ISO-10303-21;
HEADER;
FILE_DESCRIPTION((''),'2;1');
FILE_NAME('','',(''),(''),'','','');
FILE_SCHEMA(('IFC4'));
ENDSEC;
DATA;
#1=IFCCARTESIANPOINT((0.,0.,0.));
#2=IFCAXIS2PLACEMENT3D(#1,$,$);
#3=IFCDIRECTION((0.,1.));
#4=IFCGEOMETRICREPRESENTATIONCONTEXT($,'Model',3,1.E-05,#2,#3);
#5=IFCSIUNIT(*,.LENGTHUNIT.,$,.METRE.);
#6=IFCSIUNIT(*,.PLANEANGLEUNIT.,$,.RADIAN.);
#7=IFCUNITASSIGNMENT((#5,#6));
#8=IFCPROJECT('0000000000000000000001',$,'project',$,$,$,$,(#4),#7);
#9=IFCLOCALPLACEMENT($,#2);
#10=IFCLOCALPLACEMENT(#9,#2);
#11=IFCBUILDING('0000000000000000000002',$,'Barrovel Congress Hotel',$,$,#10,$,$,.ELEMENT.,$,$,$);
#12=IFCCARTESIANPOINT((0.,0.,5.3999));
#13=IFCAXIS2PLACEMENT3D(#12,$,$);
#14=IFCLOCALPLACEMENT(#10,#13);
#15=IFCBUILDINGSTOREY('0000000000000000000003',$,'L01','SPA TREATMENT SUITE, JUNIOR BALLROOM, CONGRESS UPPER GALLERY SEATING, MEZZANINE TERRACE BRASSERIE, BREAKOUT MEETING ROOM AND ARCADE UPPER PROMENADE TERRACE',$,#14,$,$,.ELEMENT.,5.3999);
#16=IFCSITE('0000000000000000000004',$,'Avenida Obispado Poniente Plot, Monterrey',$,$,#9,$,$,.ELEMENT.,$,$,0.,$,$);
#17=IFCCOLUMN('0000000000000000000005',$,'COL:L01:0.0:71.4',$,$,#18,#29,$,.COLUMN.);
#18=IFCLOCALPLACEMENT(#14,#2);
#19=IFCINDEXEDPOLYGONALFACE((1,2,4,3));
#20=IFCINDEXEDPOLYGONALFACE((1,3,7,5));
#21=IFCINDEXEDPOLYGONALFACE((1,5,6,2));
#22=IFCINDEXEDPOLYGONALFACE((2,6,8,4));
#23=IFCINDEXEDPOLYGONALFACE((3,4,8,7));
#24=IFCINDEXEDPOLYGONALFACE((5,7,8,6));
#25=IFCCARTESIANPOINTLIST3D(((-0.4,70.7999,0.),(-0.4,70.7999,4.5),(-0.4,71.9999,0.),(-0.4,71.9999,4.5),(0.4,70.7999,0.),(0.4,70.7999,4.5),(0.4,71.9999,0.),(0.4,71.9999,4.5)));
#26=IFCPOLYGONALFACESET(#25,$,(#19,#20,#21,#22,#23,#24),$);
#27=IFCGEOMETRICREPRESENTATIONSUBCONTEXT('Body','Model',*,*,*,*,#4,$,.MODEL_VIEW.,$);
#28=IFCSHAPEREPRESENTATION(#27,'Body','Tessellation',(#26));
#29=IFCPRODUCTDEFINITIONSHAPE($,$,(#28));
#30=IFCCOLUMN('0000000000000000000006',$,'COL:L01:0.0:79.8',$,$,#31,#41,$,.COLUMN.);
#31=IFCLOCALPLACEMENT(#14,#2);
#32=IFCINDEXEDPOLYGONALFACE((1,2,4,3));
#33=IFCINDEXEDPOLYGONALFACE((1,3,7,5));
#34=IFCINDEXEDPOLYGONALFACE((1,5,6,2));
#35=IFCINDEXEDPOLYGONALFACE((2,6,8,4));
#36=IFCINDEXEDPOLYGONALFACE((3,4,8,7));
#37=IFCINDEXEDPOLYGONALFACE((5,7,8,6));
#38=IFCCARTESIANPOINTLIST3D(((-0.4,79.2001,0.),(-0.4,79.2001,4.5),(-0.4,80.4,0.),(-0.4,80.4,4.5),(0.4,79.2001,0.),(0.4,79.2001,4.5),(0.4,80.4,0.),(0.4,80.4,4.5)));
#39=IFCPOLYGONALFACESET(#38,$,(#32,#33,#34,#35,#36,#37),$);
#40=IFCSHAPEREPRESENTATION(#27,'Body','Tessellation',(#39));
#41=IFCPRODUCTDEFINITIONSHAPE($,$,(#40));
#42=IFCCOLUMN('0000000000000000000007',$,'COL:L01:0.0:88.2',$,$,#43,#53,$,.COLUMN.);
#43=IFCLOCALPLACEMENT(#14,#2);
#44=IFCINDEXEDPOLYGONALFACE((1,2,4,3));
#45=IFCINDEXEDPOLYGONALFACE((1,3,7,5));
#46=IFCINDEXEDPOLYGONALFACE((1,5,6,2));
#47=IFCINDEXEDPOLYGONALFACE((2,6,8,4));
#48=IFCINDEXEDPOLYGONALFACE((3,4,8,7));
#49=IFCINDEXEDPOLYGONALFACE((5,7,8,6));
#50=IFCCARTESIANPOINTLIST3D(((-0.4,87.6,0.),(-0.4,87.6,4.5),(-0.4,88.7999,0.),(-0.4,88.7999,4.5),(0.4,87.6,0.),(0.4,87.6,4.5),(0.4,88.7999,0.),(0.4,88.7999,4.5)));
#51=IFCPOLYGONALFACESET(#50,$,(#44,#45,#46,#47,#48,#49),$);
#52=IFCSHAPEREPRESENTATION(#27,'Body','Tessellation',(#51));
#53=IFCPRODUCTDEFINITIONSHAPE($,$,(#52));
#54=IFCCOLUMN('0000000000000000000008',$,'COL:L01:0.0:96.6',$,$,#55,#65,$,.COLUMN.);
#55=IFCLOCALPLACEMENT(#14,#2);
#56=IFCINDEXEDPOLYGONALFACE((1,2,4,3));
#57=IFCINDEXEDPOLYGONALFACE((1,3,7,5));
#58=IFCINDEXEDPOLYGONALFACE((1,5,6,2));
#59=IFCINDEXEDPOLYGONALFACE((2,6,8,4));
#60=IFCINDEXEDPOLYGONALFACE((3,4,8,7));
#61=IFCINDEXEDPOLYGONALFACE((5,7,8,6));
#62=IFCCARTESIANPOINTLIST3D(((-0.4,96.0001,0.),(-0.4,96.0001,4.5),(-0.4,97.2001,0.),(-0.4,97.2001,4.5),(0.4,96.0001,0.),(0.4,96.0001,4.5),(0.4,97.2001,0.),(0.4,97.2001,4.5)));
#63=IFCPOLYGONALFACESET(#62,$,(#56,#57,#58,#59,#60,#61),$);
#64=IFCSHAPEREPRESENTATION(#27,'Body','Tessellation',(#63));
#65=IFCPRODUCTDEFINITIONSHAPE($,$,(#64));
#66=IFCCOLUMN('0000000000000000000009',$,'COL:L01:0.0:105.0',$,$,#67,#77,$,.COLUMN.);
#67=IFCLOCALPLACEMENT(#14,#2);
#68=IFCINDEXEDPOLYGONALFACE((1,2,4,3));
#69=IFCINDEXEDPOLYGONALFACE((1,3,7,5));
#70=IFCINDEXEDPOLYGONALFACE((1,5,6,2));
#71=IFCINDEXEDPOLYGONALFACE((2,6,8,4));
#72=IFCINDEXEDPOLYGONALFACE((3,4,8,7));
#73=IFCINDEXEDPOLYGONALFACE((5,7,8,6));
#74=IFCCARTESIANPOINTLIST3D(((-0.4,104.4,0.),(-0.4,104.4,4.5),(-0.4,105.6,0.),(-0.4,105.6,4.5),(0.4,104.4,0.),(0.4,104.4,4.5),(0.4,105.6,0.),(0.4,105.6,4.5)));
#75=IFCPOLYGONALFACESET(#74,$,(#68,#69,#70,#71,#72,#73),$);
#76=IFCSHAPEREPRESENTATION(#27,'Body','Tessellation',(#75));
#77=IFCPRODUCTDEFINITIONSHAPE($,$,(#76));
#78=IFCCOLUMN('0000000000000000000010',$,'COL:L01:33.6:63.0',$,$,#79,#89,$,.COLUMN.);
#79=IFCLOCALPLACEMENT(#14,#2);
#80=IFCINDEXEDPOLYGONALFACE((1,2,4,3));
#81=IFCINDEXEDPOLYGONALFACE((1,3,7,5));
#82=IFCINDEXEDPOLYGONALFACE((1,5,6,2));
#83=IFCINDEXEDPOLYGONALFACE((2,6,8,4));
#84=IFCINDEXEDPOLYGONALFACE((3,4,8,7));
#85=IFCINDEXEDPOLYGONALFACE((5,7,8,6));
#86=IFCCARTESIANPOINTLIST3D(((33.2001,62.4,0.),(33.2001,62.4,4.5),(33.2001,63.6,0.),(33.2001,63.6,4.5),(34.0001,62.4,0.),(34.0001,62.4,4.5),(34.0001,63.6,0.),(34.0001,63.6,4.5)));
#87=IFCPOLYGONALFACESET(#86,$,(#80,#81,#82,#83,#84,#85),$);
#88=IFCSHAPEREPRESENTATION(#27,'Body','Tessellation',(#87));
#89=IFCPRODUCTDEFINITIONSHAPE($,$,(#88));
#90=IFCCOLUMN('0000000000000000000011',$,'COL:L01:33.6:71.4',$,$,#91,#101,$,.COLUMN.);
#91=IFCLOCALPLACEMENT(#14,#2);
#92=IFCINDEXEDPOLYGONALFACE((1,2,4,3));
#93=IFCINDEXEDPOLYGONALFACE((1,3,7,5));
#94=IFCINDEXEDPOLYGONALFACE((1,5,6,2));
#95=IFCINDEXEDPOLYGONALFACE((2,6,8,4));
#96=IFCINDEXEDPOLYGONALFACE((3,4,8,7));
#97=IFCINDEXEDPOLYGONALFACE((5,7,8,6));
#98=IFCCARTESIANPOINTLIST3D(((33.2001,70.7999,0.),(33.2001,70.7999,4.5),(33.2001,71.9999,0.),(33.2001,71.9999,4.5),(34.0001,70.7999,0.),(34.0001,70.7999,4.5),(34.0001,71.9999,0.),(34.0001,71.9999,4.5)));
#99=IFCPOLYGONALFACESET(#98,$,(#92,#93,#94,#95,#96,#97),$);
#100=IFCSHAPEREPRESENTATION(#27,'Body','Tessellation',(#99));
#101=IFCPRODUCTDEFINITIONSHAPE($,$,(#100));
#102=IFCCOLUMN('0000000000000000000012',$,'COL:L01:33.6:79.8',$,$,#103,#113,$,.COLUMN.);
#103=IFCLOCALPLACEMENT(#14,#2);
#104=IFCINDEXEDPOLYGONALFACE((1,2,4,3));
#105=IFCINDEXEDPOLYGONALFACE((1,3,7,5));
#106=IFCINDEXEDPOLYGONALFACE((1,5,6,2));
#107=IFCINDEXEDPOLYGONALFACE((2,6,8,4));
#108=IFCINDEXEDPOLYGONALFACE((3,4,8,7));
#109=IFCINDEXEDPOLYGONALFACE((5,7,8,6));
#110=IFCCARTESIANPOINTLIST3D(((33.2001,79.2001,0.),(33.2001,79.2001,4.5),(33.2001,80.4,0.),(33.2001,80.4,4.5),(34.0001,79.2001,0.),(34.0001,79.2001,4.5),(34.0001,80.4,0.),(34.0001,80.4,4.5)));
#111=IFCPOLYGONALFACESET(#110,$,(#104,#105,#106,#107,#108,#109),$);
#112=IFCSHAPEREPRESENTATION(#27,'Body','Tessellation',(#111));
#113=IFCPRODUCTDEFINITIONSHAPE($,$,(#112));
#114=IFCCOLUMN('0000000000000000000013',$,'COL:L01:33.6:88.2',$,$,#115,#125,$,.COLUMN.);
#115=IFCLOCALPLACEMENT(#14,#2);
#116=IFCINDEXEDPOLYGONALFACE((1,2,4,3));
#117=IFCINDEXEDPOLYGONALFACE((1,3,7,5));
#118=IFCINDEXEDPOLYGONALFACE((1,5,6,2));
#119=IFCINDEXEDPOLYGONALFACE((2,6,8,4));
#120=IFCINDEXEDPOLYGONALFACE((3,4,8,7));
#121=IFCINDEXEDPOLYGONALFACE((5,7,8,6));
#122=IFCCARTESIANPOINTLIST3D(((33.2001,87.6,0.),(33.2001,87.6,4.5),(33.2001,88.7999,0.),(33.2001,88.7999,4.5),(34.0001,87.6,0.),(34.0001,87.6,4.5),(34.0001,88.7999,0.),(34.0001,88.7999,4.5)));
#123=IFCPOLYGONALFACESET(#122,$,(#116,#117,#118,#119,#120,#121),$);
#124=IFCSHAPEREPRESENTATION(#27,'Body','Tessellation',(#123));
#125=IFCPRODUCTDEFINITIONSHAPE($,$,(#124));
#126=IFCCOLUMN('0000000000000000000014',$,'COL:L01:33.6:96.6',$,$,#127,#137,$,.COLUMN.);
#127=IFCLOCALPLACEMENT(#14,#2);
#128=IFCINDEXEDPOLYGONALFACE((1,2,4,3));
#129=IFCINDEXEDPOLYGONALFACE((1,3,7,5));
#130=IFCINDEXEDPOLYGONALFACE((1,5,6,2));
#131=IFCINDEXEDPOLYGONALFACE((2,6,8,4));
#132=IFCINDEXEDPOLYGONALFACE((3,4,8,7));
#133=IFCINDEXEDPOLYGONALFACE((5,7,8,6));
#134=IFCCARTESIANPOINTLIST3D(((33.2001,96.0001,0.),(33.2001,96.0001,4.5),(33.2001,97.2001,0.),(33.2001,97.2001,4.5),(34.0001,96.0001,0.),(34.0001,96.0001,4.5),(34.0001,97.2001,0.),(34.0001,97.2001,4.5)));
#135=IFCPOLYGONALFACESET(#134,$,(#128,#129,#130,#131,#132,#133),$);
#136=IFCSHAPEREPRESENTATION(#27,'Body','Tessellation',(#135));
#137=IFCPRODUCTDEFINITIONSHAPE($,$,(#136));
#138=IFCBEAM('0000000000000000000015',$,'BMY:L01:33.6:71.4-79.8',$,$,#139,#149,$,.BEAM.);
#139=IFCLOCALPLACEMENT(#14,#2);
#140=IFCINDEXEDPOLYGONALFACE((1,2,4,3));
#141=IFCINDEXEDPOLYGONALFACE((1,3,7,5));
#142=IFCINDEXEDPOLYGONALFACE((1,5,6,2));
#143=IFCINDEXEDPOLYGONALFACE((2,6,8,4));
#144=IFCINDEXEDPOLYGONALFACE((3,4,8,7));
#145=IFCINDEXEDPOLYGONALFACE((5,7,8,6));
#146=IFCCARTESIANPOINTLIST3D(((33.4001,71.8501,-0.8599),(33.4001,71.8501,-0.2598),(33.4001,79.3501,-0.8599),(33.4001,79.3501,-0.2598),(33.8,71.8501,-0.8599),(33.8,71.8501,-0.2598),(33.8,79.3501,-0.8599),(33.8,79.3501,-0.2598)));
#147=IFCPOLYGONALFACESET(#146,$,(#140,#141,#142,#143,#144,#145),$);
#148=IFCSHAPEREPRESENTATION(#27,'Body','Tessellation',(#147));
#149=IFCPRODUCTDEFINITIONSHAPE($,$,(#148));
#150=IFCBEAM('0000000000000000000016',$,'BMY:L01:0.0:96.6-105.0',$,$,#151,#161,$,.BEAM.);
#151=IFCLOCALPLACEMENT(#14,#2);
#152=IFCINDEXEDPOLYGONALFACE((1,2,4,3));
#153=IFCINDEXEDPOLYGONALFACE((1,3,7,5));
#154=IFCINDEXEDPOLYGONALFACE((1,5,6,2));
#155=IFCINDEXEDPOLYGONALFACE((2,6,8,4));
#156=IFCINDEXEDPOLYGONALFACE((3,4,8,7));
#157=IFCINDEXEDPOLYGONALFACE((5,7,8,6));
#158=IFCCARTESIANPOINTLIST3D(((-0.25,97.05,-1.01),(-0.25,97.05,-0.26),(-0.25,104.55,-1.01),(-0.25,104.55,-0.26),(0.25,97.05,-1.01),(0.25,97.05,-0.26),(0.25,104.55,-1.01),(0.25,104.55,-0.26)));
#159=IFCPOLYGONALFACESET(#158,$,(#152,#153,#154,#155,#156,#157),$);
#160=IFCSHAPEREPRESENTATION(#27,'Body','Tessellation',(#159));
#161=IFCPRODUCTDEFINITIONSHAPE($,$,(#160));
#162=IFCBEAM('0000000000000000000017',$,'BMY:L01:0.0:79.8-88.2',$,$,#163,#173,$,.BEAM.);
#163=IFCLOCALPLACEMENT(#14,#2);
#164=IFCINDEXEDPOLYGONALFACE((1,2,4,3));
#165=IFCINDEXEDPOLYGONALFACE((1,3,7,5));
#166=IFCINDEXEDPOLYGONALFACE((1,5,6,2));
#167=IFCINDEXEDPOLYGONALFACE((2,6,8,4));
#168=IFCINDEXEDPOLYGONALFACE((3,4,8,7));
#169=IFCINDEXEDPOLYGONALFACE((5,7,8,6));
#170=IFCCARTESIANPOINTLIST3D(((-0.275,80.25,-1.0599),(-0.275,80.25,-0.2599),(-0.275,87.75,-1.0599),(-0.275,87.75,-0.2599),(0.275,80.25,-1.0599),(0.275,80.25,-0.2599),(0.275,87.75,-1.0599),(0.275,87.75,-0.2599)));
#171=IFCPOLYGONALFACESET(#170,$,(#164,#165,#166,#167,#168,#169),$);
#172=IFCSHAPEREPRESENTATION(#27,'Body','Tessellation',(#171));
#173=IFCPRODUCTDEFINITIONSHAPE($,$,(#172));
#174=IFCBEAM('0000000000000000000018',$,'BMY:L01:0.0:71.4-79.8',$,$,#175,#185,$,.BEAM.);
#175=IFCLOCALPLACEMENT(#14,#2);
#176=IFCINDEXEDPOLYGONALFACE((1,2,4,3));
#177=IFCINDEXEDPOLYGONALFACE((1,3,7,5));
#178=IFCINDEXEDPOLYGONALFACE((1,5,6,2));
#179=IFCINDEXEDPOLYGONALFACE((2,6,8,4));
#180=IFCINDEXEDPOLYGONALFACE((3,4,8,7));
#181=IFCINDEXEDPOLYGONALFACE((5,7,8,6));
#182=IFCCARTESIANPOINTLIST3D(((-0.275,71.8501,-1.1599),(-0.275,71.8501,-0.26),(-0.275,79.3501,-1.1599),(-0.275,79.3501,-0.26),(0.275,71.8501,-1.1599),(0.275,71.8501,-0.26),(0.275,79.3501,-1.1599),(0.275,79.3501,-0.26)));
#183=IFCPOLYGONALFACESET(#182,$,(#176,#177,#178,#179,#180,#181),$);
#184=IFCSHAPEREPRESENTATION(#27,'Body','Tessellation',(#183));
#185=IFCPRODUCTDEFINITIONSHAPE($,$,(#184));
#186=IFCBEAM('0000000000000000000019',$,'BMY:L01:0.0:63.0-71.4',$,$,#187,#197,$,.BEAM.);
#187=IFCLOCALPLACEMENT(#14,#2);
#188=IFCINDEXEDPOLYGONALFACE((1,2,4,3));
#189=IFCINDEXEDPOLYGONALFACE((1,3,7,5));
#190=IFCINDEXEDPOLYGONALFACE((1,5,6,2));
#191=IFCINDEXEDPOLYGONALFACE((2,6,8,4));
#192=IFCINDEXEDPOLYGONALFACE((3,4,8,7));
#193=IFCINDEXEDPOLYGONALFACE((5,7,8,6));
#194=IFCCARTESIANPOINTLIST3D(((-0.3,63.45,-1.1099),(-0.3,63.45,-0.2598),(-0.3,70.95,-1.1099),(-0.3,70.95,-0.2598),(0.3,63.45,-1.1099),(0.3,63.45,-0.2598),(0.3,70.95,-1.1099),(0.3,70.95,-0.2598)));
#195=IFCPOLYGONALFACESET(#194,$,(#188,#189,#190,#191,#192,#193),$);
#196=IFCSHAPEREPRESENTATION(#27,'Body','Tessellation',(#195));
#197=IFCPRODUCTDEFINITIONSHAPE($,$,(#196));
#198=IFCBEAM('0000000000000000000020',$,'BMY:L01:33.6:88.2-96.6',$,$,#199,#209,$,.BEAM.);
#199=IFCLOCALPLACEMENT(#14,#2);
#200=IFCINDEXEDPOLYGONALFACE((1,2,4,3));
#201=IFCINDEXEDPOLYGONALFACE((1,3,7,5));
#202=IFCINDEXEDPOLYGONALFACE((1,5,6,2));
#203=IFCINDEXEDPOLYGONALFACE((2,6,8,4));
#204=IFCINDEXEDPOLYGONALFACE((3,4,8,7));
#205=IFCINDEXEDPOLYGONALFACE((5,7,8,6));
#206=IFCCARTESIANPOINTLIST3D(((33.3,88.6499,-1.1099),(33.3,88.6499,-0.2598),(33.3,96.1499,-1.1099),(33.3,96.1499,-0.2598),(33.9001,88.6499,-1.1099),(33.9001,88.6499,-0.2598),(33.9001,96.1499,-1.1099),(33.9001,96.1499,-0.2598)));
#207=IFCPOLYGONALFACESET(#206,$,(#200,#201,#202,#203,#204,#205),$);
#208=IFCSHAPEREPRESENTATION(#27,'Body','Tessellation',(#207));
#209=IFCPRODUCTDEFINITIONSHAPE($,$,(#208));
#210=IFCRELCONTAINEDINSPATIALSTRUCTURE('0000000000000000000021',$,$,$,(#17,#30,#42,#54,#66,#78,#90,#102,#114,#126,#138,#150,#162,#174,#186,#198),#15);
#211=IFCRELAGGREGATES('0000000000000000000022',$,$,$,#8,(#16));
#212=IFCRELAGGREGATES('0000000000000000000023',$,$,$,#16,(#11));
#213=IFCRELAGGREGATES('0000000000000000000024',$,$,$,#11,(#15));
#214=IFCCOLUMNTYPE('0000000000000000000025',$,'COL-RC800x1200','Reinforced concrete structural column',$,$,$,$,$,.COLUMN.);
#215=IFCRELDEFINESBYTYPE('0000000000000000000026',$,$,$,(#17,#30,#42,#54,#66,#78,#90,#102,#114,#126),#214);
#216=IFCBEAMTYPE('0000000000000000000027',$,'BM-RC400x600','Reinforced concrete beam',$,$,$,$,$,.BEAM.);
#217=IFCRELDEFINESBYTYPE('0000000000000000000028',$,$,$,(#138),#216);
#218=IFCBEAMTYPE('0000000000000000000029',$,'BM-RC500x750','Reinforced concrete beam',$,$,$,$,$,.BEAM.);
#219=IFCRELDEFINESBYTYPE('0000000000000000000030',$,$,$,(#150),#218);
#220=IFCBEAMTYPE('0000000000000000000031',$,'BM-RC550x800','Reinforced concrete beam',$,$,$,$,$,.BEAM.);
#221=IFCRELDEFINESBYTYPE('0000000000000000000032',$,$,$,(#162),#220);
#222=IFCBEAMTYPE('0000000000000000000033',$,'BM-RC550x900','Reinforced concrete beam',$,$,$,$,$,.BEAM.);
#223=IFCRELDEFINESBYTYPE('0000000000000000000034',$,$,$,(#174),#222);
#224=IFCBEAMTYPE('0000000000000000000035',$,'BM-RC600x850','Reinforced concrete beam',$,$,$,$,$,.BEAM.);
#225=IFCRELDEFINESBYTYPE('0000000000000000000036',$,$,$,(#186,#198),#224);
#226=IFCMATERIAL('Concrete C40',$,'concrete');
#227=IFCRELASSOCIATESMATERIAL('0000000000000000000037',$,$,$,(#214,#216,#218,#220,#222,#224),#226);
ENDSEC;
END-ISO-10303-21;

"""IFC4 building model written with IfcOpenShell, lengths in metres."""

from ifc_helpers import new_model, si_unit, direction, frame, origin, origin_2d, place, context, subcontext, project, spatial, rectangle, extrude, material, material_profile, profile_set, type_object, element, save


model = new_model("IFC4")

# Units and contexts
model_context = context("Model", 3, precision=1e-05, world=origin(), true_north=direction((0.0, 1.0)))
body_context = subcontext(model_context, "Body", "Model", "MODEL_VIEW")
ifc_project = project(units=[si_unit("LENGTHUNIT", "METRE"), si_unit("PLANEANGLEUNIT", "RADIAN")], contexts=[model_context])

# Site, building, storey
site_placement = place(None, origin())
site = spatial("IfcSite", under=ifc_project, at=site_placement, Name="Avenida Obispado Poniente Plot, Monterrey", CompositionType="ELEMENT", RefElevation=0.0)
building_placement = place(site_placement, origin())
building = spatial("IfcBuilding", under=site, at=building_placement, Name="Barrovel Congress Hotel", CompositionType="ELEMENT")
storey_placement = place(building_placement, frame((0.0, 0.0, 5.3999)))
storey = spatial("IfcBuildingStorey", under=building, at=storey_placement, Name="L01", Description="SPA TREATMENT SUITE, JUNIOR BALLROOM, CONGRESS UPPER GALLERY SEATING, MEZZANINE TERRACE BRASSERIE, BREAKOUT MEETING ROOM AND ARCADE UPPER PROMENADE TERRACE", CompositionType="ELEMENT", Elevation=5.3999)

# Columns
ifc_material_1 = material(Name="Concrete C40", Category="concrete")
ifc_material_profile_1 = material_profile(ifc_material_1, rectangle(XDim=0.8, YDim=1.2, at=origin_2d()), Name="RC800x1200")
ifc_profile_set_1 = profile_set([ifc_material_profile_1], Name="Concrete C40")
column_type = type_object("IfcColumnType", Name="COL-RC800x1200", Description="Reinforced concrete structural column", PredefinedType="COLUMN", material=ifc_profile_set_1)
for number, where, z_axis, x_axis, name in (
    (1, (0.0, 71.3999, 0.0), (0.0, 0.0, 1.0), (1.0, 0.0, 0.0), "COL:L01:0.0:71.4"),
    (2, (0.0, 79.8, 0.0), (0.0, 0.0, 1.0), (1.0, 0.0, 0.0), "COL:L01:0.0:79.8"),
    (3, (0.0, 88.2, 0.0), (0.0, 0.0, 1.0), (1.0, 0.0, 0.0), "COL:L01:0.0:88.2"),
    (4, (0.0, 96.6001, 0.0), (0.0, 0.0, 1.0), (1.0, 0.0, 0.0), "COL:L01:0.0:96.6"),
    (5, (0.0, 105.0, 0.0), (0.0, 0.0, 1.0), (1.0, 0.0, 0.0), "COL:L01:0.0:105.0"),
    (6, (33.6001, 63.0, 0.0), (0.0, 0.0, 1.0), (1.0, 0.0, 0.0), "COL:L01:33.6:63.0"),
    (7, (33.6001, 71.3999, 0.0), (0.0, 0.0, 1.0), (1.0, 0.0, 0.0), "COL:L01:33.6:71.4"),
    (8, (33.6001, 79.8, 0.0), (0.0, 0.0, 1.0), (1.0, 0.0, 0.0), "COL:L01:33.6:79.8"),
    (9, (33.6001, 88.2, 0.0), (0.0, 0.0, 1.0), (1.0, 0.0, 0.0), "COL:L01:33.6:88.2"),
    (10, (33.6001, 96.6001, 0.0), (0.0, 0.0, 1.0), (1.0, 0.0, 0.0), "COL:L01:33.6:96.6"),
):
    element("IfcColumn", number, at=place(storey_placement, frame(where, z_axis=z_axis, x_axis=x_axis)), inside=storey, type_object=column_type, Name=name, PredefinedType="COLUMN", context=body_context, shape_type="SweptSolid", body=[
        extrude(rectangle(XDim=0.8, YDim=1.2, at=origin_2d()), origin(), (0.0, 0.0, 1.0), 4.5),
    ])

# Beams
ifc_material_profile_2 = material_profile(ifc_material_1, rectangle(XDim=0.3999, YDim=0.6001, at=origin_2d()), Name="RC400x600")
ifc_profile_set_2 = profile_set([ifc_material_profile_2], Name="Concrete C40")
beam_type_1 = type_object("IfcBeamType", Name="BM-RC400x600", Description="Reinforced concrete beam", PredefinedType="BEAM", material=ifc_profile_set_2)
beam_1_placement = place(storey_placement, frame((33.6001, 71.8501, -0.5598), z_axis=(0.0, 1.0, 0.0), x_axis=(-1.0, 0.0, 0.0)))
element("IfcBeam", 11, at=beam_1_placement, inside=storey, type_object=beam_type_1, Name="BMY:L01:33.6:71.4-79.8", PredefinedType="BEAM", context=body_context, shape_type="SweptSolid", body=[
    extrude(rectangle(XDim=0.3999, YDim=0.6001, at=origin_2d()), origin(), (0.0, 0.0, 1.0), 7.5),
])
ifc_material_profile_3 = material_profile(ifc_material_1, rectangle(XDim=0.5, YDim=0.75, at=origin_2d()), Name="RC500x750")
ifc_profile_set_3 = profile_set([ifc_material_profile_3], Name="Concrete C40")
beam_type_2 = type_object("IfcBeamType", Name="BM-RC500x750", Description="Reinforced concrete beam", PredefinedType="BEAM", material=ifc_profile_set_3)
beam_2_placement = place(storey_placement, frame((0.0, 97.05, -0.635), z_axis=(0.0, 1.0, 0.0), x_axis=(-1.0, 0.0, 0.0)))
element("IfcBeam", 12, at=beam_2_placement, inside=storey, type_object=beam_type_2, Name="BMY:L01:0.0:96.6-105.0", PredefinedType="BEAM", context=body_context, shape_type="SweptSolid", body=[
    extrude(rectangle(XDim=0.5, YDim=0.75, at=origin_2d()), origin(), (0.0, 0.0, 1.0), 7.5),
])
ifc_material_profile_4 = material_profile(ifc_material_1, rectangle(XDim=0.55, YDim=0.8, at=origin_2d()), Name="RC550x800")
ifc_profile_set_4 = profile_set([ifc_material_profile_4], Name="Concrete C40")
beam_type_3 = type_object("IfcBeamType", Name="BM-RC550x800", Description="Reinforced concrete beam", PredefinedType="BEAM", material=ifc_profile_set_4)
beam_3_placement = place(storey_placement, frame((0.0, 80.25, -0.6599), z_axis=(0.0, 1.0, 0.0), x_axis=(-1.0, 0.0, 0.0)))
element("IfcBeam", 13, at=beam_3_placement, inside=storey, type_object=beam_type_3, Name="BMY:L01:0.0:79.8-88.2", PredefinedType="BEAM", context=body_context, shape_type="SweptSolid", body=[
    extrude(rectangle(XDim=0.55, YDim=0.8, at=origin_2d()), origin(), (0.0, 0.0, 1.0), 7.5),
])
ifc_material_profile_5 = material_profile(ifc_material_1, rectangle(XDim=0.55, YDim=0.8999, at=origin_2d()), Name="RC550x900")
ifc_profile_set_5 = profile_set([ifc_material_profile_5], Name="Concrete C40")
beam_type_4 = type_object("IfcBeamType", Name="BM-RC550x900", Description="Reinforced concrete beam", PredefinedType="BEAM", material=ifc_profile_set_5)
beam_4_placement = place(storey_placement, frame((0.0, 71.8501, -0.71), z_axis=(0.0, 1.0, 0.0), x_axis=(-1.0, 0.0, 0.0)))
element("IfcBeam", 14, at=beam_4_placement, inside=storey, type_object=beam_type_4, Name="BMY:L01:0.0:71.4-79.8", PredefinedType="BEAM", context=body_context, shape_type="SweptSolid", body=[
    extrude(rectangle(XDim=0.55, YDim=0.8999, at=origin_2d()), origin(), (0.0, 0.0, 1.0), 7.5),
])
ifc_material_profile_6 = material_profile(ifc_material_1, rectangle(XDim=0.6001, YDim=0.8501, at=origin_2d()), Name="RC600x850")
ifc_profile_set_6 = profile_set([ifc_material_profile_6], Name="Concrete C40")
beam_type_5 = type_object("IfcBeamType", Name="BM-RC600x850", Description="Reinforced concrete beam", PredefinedType="BEAM", material=ifc_profile_set_6)
for number, where, z_axis, x_axis, name in (
    (15, (0.0, 63.45, -0.6848), (0.0, 1.0, 0.0), (-1.0, 0.0, 0.0), "BMY:L01:0.0:63.0-71.4"),
    (16, (33.6001, 88.6499, -0.6848), (0.0, 1.0, 0.0), (-1.0, 0.0, 0.0), "BMY:L01:33.6:88.2-96.6"),
):
    element("IfcBeam", number, at=place(storey_placement, frame(where, z_axis=z_axis, x_axis=x_axis)), inside=storey, type_object=beam_type_5, Name=name, PredefinedType="BEAM", context=body_context, shape_type="SweptSolid", body=[
        extrude(rectangle(XDim=0.6001, YDim=0.8501, at=origin_2d()), origin(), (0.0, 0.0, 1.0), 7.5),
    ])

save(model, "model.ifc")
